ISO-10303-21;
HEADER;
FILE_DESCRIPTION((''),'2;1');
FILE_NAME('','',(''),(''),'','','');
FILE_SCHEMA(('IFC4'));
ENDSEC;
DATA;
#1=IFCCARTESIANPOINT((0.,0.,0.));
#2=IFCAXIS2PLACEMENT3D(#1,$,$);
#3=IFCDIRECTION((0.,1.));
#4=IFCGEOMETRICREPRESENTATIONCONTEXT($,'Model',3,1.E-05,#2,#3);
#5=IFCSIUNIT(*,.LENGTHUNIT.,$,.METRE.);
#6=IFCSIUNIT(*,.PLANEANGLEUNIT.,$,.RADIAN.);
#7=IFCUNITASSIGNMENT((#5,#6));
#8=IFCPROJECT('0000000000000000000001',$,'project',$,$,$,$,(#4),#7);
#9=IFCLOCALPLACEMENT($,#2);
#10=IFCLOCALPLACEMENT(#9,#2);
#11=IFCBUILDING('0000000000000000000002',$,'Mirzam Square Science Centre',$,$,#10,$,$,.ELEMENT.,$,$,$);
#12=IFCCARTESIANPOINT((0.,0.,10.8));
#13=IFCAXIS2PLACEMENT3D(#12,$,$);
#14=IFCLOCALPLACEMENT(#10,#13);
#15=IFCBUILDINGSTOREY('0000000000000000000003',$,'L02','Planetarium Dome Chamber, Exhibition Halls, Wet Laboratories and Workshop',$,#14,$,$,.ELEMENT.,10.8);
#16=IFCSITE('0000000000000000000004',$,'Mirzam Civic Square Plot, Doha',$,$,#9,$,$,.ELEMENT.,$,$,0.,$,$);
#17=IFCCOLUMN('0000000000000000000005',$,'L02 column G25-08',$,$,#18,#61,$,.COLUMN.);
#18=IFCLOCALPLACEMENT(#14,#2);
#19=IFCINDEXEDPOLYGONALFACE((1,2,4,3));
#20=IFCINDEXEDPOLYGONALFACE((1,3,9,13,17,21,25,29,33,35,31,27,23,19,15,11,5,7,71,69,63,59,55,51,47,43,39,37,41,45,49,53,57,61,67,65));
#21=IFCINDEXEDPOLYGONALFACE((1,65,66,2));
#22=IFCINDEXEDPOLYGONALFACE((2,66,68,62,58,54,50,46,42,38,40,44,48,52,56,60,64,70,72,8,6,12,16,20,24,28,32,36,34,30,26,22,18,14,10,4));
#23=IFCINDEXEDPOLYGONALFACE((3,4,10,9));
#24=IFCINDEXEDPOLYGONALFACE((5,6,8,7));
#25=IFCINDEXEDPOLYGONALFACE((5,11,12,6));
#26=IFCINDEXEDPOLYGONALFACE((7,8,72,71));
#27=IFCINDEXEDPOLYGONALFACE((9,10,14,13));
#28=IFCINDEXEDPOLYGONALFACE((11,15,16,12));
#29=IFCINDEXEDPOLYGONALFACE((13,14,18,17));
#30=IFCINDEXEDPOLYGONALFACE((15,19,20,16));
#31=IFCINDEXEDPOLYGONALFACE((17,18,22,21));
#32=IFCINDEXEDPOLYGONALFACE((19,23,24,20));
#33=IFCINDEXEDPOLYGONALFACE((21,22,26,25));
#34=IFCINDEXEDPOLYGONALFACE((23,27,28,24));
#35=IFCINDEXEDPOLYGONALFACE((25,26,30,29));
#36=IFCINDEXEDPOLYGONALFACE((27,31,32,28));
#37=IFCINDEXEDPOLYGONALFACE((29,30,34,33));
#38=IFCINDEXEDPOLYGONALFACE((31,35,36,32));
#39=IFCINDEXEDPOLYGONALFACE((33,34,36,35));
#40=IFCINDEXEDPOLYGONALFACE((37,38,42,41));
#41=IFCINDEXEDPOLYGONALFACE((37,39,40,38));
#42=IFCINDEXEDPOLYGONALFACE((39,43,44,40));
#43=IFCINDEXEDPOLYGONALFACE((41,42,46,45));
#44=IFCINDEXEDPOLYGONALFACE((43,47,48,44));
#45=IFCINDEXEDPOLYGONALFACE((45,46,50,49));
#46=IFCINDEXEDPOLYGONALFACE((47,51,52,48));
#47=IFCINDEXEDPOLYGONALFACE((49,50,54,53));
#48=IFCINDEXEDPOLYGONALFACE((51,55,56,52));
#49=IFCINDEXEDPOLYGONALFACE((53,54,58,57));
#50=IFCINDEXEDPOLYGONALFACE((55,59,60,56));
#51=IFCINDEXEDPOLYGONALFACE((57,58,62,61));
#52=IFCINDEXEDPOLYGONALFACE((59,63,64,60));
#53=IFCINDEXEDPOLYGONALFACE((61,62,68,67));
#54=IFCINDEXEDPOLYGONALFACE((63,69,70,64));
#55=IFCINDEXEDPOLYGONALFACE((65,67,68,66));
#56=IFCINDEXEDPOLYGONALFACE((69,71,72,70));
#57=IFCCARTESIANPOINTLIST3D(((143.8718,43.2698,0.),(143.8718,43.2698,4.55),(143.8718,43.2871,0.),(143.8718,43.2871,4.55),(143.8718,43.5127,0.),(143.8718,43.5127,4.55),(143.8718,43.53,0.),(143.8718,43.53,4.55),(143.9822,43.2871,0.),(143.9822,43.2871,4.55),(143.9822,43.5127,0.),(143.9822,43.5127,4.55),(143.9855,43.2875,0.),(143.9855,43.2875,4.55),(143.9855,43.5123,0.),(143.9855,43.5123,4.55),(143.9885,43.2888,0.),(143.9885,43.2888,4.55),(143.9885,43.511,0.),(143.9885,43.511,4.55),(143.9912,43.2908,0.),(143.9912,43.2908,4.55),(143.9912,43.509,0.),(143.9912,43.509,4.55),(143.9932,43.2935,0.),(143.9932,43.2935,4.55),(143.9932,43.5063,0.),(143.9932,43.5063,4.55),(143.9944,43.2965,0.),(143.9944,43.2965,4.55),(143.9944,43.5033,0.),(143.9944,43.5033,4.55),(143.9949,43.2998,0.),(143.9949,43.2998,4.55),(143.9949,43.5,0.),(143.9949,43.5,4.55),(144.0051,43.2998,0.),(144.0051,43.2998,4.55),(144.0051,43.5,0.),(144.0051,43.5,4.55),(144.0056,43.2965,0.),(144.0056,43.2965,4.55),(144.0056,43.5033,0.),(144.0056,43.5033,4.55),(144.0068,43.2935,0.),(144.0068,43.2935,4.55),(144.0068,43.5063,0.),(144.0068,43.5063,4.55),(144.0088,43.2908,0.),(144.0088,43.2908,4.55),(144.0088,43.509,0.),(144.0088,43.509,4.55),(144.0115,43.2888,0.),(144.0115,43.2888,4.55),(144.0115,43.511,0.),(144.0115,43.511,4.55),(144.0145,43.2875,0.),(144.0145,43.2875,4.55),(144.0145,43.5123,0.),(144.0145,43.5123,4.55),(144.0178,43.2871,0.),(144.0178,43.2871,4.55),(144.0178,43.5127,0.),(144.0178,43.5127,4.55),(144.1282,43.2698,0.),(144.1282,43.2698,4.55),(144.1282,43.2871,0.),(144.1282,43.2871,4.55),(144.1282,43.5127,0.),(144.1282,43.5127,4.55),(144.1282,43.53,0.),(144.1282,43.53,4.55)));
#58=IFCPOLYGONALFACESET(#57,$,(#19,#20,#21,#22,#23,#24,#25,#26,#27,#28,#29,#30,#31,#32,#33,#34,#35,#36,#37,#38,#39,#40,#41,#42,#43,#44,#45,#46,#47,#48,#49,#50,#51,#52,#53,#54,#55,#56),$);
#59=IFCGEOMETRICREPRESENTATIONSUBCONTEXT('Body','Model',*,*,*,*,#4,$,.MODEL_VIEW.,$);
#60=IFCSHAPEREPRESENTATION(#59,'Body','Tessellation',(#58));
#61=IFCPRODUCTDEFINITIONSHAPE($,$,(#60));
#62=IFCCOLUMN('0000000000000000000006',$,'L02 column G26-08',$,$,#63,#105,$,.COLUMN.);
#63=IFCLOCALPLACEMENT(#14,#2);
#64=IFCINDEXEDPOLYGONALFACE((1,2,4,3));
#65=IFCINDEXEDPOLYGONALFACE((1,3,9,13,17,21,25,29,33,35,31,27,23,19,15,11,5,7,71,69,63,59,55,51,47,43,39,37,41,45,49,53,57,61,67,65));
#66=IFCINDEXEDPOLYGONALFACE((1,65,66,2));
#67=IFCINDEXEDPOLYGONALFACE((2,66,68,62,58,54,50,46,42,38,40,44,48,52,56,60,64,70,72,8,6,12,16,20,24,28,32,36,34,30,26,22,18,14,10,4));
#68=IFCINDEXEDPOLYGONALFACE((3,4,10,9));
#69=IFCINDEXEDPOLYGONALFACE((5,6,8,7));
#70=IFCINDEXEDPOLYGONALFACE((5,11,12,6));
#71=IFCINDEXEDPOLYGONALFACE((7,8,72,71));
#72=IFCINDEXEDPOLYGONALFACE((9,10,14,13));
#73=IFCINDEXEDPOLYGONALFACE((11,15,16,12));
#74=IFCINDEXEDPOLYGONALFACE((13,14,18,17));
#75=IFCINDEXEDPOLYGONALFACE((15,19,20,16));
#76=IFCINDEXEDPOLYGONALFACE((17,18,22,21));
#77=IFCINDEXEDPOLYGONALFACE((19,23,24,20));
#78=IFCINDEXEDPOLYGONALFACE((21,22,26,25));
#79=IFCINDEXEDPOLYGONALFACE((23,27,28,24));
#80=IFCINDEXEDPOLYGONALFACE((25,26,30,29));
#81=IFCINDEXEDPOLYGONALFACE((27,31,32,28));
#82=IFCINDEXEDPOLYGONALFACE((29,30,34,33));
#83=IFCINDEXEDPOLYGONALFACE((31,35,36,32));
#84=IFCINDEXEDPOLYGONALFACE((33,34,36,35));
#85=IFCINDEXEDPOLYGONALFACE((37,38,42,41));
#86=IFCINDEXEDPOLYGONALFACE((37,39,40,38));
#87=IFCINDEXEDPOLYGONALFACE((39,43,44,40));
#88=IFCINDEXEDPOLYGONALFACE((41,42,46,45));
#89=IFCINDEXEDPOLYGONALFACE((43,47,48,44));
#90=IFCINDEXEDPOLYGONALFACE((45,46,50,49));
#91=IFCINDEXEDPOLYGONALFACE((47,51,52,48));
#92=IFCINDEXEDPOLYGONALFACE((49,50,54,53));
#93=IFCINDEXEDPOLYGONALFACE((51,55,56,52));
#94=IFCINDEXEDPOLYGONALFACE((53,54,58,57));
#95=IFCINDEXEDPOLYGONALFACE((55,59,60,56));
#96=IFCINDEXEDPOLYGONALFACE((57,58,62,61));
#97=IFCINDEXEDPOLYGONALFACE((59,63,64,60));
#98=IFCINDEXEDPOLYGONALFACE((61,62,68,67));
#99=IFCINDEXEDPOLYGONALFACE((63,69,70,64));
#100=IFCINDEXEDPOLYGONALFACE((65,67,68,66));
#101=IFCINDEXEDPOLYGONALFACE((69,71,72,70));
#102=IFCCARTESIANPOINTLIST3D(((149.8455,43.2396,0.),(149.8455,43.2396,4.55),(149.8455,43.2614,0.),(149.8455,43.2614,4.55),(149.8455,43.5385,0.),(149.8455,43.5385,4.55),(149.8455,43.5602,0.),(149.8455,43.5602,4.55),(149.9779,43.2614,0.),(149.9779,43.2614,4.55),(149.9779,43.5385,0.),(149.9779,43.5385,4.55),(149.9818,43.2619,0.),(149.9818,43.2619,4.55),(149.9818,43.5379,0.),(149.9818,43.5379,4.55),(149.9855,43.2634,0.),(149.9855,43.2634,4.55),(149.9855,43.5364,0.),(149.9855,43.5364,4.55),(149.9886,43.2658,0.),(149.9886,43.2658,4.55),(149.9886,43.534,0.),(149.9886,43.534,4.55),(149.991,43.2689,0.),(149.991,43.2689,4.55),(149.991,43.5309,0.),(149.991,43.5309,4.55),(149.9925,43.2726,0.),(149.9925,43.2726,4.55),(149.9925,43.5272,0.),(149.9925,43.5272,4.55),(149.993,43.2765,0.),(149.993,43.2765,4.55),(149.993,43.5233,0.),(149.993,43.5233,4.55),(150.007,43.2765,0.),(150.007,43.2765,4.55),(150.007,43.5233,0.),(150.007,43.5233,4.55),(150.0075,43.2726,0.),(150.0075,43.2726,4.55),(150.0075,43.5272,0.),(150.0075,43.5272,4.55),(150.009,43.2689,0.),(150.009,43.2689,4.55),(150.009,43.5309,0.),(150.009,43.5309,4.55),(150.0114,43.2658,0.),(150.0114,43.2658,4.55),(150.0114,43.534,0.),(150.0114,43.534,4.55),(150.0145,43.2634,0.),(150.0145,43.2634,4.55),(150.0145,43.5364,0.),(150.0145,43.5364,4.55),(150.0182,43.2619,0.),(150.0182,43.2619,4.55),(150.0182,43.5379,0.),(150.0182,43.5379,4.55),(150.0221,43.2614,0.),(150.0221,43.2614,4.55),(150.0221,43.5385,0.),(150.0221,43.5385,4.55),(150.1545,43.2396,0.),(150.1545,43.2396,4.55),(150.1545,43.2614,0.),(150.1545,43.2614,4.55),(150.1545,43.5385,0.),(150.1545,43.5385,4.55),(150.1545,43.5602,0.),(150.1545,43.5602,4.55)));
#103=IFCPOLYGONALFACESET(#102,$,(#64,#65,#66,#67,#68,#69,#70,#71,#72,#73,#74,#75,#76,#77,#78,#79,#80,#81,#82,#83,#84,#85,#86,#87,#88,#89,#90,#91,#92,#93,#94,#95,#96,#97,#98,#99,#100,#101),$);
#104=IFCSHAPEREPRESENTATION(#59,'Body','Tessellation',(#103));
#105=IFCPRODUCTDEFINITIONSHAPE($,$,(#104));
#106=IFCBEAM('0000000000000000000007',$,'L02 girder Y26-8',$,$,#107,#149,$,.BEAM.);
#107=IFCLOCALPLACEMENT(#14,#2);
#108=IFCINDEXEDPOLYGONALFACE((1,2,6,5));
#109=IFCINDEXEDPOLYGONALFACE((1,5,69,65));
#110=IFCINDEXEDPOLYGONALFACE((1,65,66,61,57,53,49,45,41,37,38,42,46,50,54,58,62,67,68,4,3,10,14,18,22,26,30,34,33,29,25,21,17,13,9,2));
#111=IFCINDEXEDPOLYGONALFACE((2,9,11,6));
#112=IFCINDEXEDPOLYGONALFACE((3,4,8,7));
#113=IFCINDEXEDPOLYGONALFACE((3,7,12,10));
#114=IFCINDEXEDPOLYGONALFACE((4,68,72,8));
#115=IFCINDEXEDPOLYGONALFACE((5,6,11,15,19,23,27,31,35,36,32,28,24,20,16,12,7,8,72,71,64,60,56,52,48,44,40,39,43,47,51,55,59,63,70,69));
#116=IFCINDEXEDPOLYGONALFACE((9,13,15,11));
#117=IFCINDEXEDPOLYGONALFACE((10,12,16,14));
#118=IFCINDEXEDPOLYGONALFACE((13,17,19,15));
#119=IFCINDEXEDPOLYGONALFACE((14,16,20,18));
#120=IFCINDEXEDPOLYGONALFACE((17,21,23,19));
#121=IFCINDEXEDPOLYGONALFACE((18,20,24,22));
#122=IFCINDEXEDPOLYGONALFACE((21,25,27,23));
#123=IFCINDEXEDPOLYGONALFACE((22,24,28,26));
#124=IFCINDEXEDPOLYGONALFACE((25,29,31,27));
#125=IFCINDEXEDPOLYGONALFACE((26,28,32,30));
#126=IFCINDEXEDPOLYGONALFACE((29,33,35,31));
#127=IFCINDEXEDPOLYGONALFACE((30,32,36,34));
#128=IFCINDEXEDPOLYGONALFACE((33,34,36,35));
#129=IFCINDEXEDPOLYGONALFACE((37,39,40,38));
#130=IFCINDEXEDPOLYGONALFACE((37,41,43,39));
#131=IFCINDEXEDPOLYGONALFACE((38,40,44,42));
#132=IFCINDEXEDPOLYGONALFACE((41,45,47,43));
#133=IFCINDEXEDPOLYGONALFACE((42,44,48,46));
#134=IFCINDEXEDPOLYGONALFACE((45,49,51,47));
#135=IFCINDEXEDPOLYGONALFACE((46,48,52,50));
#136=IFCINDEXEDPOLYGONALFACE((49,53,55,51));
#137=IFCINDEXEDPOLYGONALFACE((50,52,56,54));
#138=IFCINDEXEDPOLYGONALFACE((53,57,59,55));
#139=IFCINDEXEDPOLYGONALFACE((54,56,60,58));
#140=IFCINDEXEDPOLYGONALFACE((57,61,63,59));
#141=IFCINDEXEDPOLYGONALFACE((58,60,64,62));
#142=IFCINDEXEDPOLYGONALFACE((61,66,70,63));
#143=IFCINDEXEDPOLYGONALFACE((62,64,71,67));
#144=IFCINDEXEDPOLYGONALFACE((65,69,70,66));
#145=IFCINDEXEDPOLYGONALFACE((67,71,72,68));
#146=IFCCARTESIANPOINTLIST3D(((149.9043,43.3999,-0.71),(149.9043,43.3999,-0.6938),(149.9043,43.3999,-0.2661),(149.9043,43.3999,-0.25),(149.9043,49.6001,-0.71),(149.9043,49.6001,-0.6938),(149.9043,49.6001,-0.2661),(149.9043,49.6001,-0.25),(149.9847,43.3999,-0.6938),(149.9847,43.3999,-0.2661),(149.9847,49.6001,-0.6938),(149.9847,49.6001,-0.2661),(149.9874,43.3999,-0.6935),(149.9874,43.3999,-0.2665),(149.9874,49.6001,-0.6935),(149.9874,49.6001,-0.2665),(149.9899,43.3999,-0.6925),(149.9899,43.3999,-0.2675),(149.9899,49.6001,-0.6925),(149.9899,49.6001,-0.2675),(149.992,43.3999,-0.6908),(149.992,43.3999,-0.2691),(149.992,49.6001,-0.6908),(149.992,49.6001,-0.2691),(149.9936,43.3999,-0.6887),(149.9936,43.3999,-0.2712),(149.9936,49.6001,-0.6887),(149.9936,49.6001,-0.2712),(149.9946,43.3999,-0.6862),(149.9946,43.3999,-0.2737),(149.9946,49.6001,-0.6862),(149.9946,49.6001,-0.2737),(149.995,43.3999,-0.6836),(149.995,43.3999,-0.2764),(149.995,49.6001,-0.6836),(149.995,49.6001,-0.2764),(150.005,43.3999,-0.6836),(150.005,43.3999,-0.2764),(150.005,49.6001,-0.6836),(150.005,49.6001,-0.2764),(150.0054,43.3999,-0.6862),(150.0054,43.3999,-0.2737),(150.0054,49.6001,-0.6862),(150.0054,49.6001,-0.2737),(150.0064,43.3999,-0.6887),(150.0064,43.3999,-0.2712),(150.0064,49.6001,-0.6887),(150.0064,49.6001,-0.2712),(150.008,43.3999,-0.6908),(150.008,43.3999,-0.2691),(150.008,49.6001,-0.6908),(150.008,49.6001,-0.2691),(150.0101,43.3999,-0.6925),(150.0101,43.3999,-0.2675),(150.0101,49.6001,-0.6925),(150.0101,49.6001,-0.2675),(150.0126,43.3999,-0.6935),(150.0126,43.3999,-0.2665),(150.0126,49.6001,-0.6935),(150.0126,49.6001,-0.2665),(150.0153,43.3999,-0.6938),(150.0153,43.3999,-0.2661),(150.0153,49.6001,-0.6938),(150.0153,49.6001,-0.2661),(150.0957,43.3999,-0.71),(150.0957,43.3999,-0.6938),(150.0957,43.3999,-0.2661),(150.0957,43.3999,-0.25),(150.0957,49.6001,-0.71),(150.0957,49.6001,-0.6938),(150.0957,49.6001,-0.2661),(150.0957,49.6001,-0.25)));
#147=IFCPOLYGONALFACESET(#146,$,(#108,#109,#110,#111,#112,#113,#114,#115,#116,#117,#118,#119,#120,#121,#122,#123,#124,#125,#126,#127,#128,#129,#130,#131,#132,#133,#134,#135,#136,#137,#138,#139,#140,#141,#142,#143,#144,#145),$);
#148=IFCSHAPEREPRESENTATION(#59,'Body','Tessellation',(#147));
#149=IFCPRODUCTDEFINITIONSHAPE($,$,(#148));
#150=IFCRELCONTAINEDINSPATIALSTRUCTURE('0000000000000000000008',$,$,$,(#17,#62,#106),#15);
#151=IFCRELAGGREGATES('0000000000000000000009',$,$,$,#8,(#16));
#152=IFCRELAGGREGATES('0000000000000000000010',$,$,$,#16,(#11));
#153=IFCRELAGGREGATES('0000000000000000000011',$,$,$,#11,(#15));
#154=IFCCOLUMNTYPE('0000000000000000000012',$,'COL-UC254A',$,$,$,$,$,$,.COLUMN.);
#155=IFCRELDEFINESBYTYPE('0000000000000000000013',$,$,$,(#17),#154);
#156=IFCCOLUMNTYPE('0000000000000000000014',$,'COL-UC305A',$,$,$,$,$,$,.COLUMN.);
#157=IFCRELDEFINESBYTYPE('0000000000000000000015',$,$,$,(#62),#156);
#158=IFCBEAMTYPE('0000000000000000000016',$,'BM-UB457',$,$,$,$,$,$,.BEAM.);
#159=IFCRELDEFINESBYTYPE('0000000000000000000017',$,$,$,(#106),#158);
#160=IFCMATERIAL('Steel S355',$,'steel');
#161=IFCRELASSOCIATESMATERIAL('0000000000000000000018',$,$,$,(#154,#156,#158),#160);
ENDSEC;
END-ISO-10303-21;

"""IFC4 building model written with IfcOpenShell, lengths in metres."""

from ifc_helpers import new_model, si_unit, direction, frame, origin, origin_2d, place, context, subcontext, project, spatial, i_section, extrude, material, material_profile, profile_set, type_object, element, save


model = new_model("IFC4")

# Units and contexts
model_context = context("Model", 3, precision=1e-05, world=origin(), true_north=direction((0.0, 1.0)))
body_context = subcontext(model_context, "Body", "Model", "MODEL_VIEW")
ifc_project = project(units=[si_unit("LENGTHUNIT", "METRE"), si_unit("PLANEANGLEUNIT", "RADIAN")], contexts=[model_context])

# Site, building, storey
site_placement = place(None, origin())
site = spatial("IfcSite", under=ifc_project, at=site_placement, Name="Mirzam Civic Square Plot, Doha", CompositionType="ELEMENT", RefElevation=0.0)
building_placement = place(site_placement, origin())
building = spatial("IfcBuilding", under=site, at=building_placement, Name="Mirzam Square Science Centre", CompositionType="ELEMENT")
storey_placement = place(building_placement, frame((0.0, 0.0, 10.8)))
storey = spatial("IfcBuildingStorey", under=building, at=storey_placement, Name="L02", Description="Planetarium Dome Chamber, Exhibition Halls, Wet Laboratories and Workshop", CompositionType="ELEMENT", Elevation=10.8)

# Columns
ifc_material_1 = material(Name="Steel S355", Category="steel")
ifc_material_profile_1 = material_profile(ifc_material_1, i_section(OverallWidth=0.2563, OverallDepth=0.2603, WebThickness=0.0103, FlangeThickness=0.0173, FilletRadius=0.0127, at=origin_2d()), Name="254x254x89UC")
ifc_profile_set_1 = profile_set([ifc_material_profile_1], Name="Steel S355")
column_type_1 = type_object("IfcColumnType", Name="COL-UC254A", PredefinedType="COLUMN", material=ifc_profile_set_1)
column_1_placement = place(storey_placement, frame((144.0, 43.3999, 0.0), z_axis=(0.0, 0.0, 1.0), x_axis=(1.0, 0.0, 0.0)))
element("IfcColumn", 1, at=column_1_placement, inside=storey, type_object=column_type_1, Name="L02 column G25-08", PredefinedType="COLUMN", context=body_context, shape_type="SweptSolid", body=[
    extrude(i_section(OverallWidth=0.2563, OverallDepth=0.2603, WebThickness=0.0103, FlangeThickness=0.0173, FilletRadius=0.0127, at=origin_2d()), origin(), (0.0, 0.0, 1.0), 4.55),
])
ifc_material_profile_2 = material_profile(ifc_material_1, i_section(OverallWidth=0.3091, OverallDepth=0.3206, WebThickness=0.0139, FlangeThickness=0.0217, FilletRadius=0.0151, at=origin_2d()), Name="305x305x137UC")
ifc_profile_set_2 = profile_set([ifc_material_profile_2], Name="Steel S355")
column_type_2 = type_object("IfcColumnType", Name="COL-UC305A", PredefinedType="COLUMN", material=ifc_profile_set_2)
column_2_placement = place(storey_placement, frame((150.0, 43.3999, 0.0), z_axis=(0.0, 0.0, 1.0), x_axis=(1.0, 0.0, 0.0)))
element("IfcColumn", 2, at=column_2_placement, inside=storey, type_object=column_type_2, Name="L02 column G26-08", PredefinedType="COLUMN", context=body_context, shape_type="SweptSolid", body=[
    extrude(i_section(OverallWidth=0.3091, OverallDepth=0.3206, WebThickness=0.0139, FlangeThickness=0.0217, FilletRadius=0.0151, at=origin_2d()), origin(), (0.0, 0.0, 1.0), 4.55),
])

# Beam
ifc_material_profile_3 = material_profile(ifc_material_1, i_section(OverallWidth=0.1914, OverallDepth=0.46, WebThickness=0.01, FlangeThickness=0.0161, FilletRadius=0.0103, at=origin_2d()), Name="457x191x82UB")
ifc_profile_set_3 = profile_set([ifc_material_profile_3], Name="Steel S355")
beam_type_1 = type_object("IfcBeamType", Name="BM-UB457", PredefinedType="BEAM", material=ifc_profile_set_3)
beam_1_placement = place(storey_placement, frame((150.0, 43.3999, -0.48), z_axis=(0.0, 1.0, 0.0), x_axis=(-1.0, 0.0, 0.0)))
element("IfcBeam", 3, at=beam_1_placement, inside=storey, type_object=beam_type_1, Name="L02 girder Y26-8", PredefinedType="BEAM", context=body_context, shape_type="SweptSolid", body=[
    extrude(i_section(OverallWidth=0.1914, OverallDepth=0.46, WebThickness=0.01, FlangeThickness=0.0161, FilletRadius=0.0103, at=origin_2d()), origin(), (0.0, 0.0, 1.0), 6.2002),
])

save(model, "model.ifc")
